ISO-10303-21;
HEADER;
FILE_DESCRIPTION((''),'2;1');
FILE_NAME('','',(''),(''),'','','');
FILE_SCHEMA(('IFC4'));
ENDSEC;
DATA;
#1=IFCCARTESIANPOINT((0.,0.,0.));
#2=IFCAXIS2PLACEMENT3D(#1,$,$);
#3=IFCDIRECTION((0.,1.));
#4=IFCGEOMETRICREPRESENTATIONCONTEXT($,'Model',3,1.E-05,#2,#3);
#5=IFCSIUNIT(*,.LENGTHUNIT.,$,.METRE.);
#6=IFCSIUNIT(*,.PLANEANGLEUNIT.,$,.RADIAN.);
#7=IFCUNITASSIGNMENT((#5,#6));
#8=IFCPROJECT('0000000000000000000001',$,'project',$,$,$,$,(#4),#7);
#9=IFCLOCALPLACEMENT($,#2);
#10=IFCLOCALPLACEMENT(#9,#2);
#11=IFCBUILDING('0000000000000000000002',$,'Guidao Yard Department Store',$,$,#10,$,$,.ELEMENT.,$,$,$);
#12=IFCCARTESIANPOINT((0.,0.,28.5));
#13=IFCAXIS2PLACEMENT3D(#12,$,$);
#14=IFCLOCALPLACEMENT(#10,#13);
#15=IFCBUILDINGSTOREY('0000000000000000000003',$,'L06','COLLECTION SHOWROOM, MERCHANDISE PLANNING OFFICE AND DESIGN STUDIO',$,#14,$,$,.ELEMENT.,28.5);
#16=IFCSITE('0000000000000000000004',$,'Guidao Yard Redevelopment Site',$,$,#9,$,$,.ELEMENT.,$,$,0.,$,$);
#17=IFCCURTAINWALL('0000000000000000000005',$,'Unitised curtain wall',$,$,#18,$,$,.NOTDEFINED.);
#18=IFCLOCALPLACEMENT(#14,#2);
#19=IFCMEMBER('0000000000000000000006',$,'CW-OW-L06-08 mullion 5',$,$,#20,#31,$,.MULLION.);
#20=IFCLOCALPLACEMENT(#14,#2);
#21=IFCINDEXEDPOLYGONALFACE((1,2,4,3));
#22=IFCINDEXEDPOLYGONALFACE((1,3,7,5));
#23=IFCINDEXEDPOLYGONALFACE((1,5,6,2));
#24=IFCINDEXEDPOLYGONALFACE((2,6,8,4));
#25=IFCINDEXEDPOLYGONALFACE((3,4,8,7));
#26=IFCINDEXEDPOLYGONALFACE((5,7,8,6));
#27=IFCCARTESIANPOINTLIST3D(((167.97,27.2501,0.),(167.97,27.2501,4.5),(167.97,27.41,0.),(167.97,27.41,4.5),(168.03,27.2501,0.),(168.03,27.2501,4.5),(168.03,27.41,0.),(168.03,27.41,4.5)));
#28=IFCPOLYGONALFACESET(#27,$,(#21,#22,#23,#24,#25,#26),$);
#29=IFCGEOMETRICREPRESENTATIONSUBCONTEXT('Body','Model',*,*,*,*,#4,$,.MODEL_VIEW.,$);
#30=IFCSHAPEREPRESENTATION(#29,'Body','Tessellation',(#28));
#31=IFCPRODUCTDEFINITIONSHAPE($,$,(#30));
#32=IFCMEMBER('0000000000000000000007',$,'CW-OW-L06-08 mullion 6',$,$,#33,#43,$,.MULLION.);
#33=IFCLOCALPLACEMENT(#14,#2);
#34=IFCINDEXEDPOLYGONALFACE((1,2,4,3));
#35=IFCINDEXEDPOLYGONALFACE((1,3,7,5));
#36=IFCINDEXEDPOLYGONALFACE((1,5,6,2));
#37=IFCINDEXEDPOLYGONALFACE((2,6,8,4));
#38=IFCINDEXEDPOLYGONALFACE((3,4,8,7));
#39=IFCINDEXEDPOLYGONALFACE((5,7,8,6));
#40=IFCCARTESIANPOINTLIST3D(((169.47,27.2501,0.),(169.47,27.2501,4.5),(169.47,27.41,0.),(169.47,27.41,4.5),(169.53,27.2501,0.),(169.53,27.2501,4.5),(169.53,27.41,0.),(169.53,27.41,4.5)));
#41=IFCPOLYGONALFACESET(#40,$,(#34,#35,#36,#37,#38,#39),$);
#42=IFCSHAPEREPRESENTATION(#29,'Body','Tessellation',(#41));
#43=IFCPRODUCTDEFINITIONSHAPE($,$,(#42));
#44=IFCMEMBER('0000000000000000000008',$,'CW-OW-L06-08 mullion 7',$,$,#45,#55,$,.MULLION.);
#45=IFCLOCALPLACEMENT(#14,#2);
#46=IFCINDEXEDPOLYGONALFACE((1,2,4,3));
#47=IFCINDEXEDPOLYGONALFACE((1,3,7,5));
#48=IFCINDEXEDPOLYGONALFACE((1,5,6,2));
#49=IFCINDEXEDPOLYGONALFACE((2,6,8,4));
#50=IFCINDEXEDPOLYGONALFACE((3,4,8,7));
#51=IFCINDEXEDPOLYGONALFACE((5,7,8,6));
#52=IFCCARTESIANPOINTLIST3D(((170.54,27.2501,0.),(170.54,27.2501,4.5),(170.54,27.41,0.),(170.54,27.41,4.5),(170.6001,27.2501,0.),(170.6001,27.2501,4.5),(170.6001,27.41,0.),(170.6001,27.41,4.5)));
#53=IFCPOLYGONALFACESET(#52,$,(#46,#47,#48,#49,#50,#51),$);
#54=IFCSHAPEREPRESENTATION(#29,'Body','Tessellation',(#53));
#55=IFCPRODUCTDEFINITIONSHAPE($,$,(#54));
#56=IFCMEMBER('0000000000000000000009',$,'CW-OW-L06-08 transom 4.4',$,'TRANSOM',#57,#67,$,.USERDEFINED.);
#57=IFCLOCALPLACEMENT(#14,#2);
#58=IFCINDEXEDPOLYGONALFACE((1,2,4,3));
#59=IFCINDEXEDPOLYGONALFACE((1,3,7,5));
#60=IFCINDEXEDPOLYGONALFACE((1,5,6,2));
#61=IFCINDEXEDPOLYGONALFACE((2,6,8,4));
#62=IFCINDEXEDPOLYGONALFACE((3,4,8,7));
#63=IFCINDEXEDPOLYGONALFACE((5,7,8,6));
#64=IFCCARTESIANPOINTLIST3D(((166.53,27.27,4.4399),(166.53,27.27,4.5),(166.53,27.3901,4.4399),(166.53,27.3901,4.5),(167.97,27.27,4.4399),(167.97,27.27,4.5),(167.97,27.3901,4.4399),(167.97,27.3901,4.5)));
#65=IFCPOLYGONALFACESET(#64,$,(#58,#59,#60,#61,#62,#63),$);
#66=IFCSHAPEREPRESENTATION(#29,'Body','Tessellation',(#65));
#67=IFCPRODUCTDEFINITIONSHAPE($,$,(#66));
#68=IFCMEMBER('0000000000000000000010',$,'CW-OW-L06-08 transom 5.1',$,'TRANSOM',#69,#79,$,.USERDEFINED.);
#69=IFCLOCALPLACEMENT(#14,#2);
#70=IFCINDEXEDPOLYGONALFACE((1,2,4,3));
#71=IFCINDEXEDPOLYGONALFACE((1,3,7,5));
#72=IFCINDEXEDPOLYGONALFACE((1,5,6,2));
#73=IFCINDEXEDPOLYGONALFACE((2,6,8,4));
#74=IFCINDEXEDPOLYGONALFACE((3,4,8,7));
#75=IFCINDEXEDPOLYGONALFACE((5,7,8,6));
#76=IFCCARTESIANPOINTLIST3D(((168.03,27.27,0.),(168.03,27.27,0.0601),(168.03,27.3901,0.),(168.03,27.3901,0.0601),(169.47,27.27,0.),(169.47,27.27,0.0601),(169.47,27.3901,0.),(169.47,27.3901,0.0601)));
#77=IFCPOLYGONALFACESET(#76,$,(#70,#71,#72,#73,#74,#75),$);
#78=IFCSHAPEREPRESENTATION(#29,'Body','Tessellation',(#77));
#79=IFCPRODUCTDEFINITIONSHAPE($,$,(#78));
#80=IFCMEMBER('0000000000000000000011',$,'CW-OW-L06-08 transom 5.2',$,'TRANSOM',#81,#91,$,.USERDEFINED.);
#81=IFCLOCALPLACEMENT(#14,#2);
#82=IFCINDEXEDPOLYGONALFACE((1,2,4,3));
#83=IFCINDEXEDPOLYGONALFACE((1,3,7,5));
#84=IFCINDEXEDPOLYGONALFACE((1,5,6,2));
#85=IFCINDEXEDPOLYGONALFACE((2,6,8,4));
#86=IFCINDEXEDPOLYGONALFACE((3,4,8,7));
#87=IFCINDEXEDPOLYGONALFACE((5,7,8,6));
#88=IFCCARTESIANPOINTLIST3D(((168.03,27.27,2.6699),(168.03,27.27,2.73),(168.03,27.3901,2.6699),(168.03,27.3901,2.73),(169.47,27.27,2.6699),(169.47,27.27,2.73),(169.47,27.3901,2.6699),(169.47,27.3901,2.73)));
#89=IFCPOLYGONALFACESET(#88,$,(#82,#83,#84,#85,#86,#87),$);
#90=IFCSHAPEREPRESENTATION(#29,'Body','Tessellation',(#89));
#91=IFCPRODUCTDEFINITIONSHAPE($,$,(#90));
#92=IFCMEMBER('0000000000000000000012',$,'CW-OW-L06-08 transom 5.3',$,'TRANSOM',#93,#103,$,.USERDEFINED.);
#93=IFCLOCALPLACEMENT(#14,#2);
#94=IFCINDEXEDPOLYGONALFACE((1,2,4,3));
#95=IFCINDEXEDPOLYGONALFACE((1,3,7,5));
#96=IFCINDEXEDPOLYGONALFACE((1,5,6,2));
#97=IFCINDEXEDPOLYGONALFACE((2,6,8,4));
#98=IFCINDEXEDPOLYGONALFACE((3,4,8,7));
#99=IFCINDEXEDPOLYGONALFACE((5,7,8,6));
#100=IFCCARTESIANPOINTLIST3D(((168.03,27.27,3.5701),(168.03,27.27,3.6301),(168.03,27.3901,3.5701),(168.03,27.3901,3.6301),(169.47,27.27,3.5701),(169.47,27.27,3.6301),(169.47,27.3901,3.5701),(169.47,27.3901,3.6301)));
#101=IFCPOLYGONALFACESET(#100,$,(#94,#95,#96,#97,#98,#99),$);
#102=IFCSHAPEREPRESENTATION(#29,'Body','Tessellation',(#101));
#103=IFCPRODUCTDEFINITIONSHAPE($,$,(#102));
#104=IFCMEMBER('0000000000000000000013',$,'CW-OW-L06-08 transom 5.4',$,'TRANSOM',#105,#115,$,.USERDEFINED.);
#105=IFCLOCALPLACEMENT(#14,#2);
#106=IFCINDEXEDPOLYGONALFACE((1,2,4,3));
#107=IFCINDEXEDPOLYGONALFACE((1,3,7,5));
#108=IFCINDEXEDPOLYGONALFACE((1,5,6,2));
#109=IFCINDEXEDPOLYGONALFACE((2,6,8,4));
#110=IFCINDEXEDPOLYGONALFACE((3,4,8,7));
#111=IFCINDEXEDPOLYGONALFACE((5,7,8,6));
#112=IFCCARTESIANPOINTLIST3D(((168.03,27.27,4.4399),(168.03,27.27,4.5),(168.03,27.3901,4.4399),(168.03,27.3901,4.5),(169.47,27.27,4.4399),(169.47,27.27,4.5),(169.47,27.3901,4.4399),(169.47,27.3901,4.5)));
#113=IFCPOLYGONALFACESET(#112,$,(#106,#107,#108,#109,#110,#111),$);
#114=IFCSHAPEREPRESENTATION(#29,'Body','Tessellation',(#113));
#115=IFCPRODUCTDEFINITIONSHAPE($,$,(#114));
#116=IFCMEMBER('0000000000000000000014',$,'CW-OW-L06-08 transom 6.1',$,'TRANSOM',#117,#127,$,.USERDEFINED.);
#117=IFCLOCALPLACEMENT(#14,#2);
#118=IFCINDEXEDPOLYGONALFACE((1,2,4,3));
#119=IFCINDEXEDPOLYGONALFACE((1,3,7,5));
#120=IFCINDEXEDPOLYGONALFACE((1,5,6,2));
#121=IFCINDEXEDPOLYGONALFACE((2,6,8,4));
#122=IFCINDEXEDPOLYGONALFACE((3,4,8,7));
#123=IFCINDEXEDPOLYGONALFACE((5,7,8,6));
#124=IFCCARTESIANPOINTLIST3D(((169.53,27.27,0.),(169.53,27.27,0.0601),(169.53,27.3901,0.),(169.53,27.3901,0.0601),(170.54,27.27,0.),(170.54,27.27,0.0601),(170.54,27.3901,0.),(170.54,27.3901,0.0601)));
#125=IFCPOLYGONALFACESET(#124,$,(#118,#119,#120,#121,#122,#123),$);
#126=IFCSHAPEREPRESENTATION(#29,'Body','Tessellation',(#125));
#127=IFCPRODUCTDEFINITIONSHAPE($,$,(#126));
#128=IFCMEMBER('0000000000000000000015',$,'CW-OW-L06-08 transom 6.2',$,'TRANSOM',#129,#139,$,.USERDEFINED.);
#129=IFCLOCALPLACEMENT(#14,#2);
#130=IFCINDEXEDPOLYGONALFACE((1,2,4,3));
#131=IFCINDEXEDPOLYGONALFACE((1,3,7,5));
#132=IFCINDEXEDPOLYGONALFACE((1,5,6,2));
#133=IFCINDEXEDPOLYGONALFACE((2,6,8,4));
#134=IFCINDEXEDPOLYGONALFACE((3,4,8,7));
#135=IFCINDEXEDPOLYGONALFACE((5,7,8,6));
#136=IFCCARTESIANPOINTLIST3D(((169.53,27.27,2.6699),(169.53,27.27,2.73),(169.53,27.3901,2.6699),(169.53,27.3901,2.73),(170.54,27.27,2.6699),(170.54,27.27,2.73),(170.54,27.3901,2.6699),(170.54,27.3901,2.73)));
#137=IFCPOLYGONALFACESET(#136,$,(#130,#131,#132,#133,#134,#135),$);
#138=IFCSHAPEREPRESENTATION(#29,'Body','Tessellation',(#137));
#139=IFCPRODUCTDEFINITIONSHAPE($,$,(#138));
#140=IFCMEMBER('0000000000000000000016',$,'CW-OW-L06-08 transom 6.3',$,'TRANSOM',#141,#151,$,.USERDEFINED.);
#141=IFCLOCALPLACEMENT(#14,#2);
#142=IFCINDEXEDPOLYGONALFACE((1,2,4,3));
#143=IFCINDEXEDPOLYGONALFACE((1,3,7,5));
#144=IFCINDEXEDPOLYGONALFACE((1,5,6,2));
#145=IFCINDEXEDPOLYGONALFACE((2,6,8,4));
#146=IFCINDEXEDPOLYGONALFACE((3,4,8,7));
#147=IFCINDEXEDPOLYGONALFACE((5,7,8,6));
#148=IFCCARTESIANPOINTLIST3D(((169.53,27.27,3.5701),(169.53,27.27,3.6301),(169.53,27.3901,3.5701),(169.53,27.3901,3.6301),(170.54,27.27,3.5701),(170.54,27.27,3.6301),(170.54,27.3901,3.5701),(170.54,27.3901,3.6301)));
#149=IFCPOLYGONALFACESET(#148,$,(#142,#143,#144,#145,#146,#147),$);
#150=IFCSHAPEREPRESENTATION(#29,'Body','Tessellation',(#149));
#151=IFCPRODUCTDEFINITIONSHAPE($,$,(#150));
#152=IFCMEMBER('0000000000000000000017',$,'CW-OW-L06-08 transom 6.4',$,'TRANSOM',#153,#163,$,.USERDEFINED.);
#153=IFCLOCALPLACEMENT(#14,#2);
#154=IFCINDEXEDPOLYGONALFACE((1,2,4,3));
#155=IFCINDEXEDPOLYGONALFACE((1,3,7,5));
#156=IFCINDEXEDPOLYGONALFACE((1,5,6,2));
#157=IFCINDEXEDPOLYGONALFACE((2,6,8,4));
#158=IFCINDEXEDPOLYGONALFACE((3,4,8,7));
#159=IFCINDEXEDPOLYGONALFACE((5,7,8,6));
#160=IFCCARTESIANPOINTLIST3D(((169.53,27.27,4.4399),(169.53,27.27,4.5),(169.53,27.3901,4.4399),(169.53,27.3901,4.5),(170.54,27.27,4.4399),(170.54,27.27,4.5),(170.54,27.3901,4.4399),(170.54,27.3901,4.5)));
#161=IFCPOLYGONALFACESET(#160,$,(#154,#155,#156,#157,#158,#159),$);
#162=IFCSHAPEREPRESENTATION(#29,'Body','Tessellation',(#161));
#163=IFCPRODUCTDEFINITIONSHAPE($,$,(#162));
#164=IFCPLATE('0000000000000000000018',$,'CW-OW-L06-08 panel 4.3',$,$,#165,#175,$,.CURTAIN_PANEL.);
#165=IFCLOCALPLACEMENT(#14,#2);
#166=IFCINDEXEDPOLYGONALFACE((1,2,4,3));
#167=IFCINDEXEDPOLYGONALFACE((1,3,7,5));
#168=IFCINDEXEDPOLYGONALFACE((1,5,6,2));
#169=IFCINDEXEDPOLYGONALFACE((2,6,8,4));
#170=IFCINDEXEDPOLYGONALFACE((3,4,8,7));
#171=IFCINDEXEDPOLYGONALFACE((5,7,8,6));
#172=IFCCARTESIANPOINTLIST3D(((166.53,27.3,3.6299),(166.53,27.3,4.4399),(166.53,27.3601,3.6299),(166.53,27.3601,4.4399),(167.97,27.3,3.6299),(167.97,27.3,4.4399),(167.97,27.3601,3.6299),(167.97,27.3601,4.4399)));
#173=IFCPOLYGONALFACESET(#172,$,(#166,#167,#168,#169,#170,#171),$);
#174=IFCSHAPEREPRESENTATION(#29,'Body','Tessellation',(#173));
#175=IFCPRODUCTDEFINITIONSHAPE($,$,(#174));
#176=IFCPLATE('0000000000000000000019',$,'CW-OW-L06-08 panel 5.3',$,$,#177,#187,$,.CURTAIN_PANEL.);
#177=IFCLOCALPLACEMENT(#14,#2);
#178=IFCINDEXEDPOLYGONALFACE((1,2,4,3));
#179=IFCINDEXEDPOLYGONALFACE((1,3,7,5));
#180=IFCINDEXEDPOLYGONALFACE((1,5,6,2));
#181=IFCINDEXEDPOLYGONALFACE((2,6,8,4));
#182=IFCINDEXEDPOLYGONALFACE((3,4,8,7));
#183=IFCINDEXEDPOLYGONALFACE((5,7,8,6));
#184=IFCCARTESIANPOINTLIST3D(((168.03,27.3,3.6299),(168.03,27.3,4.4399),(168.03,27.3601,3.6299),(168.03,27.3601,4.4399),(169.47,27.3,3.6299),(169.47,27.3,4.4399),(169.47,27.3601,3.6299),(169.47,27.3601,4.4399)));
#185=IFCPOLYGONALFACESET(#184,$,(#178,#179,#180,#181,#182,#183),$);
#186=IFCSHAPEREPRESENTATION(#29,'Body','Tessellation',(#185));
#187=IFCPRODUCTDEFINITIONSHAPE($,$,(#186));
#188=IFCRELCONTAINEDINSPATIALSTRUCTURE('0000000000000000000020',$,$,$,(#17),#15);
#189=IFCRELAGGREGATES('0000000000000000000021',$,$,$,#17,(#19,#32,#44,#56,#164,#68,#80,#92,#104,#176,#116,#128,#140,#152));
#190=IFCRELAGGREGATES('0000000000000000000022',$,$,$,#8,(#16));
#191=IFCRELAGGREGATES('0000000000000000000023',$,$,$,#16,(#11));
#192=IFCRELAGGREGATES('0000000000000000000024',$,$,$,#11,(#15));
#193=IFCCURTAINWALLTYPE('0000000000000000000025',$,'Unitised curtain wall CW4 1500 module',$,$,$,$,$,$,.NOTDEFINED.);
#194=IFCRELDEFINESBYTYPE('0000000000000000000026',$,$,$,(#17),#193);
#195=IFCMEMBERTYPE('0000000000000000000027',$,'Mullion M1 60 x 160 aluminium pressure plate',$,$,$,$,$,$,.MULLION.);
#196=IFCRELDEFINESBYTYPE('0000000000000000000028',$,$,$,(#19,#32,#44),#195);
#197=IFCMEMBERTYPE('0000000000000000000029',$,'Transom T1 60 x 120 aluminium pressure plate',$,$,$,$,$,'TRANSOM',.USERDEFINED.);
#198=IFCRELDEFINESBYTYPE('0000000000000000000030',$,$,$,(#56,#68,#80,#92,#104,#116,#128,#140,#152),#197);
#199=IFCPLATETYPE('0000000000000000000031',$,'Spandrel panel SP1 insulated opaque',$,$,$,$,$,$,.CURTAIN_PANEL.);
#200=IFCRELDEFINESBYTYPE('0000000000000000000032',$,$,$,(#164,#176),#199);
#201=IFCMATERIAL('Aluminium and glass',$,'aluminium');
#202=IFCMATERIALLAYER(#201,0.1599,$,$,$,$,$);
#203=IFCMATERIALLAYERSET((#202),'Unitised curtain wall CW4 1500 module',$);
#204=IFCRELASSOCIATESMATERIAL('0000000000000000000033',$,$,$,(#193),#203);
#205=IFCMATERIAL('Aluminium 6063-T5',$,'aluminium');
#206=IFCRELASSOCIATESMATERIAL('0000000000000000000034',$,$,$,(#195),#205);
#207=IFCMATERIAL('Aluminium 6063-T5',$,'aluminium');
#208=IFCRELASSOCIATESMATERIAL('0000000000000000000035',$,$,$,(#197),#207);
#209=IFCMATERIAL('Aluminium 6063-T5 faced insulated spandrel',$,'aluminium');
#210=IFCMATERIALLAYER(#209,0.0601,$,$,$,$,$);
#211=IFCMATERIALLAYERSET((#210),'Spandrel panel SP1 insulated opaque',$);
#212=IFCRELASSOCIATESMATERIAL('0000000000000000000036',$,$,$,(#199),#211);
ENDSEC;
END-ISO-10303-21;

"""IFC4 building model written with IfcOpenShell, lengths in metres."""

from ifc_helpers import new_model, si_unit, direction, frame, origin, origin_2d, place, context, subcontext, project, spatial, rectangle, extrude, material, layer, layer_set, material_profile, profile_set, type_object, element, aggregate, save


model = new_model("IFC4")

# Units and contexts
model_context = context("Model", 3, precision=1e-05, world=origin(), true_north=direction((0.0, 1.0)))
body_context = subcontext(model_context, "Body", "Model", "MODEL_VIEW")
ifc_project = project(units=[si_unit("LENGTHUNIT", "METRE"), si_unit("PLANEANGLEUNIT", "RADIAN")], contexts=[model_context])

# Site, building, storey
site_placement = place(None, origin())
site = spatial("IfcSite", under=ifc_project, at=site_placement, Name="Guidao Yard Redevelopment Site", CompositionType="ELEMENT", RefElevation=0.0)
building_placement = place(site_placement, origin())
building = spatial("IfcBuilding", under=site, at=building_placement, Name="Guidao Yard Department Store", CompositionType="ELEMENT")
storey_placement = place(building_placement, frame((0.0, 0.0, 28.5)))
storey = spatial("IfcBuildingStorey", under=building, at=storey_placement, Name="L06", Description="COLLECTION SHOWROOM, MERCHANDISE PLANNING OFFICE AND DESIGN STUDIO", CompositionType="ELEMENT", Elevation=28.5)

# Curtain wall, members, plates
ifc_material_1 = material(Name="Aluminium and glass", Category="aluminium")
ifc_layer_1 = layer(ifc_material_1, 0.1599)
ifc_layer_set_1 = layer_set([ifc_layer_1], Name="Unitised curtain wall CW4 1500 module")
curtain_wall_type = type_object("IfcCurtainWallType", Name="Unitised curtain wall CW4 1500 module", PredefinedType="NOTDEFINED", material=ifc_layer_set_1)
curtain_wall_placement = place(storey_placement, origin())
curtain_wall = element("IfcCurtainWall", 1, at=curtain_wall_placement, inside=storey, type_object=curtain_wall_type, Name="Unitised curtain wall", PredefinedType="NOTDEFINED")
ifc_material_2 = material(Name="Aluminium 6063-T5", Category="aluminium")
ifc_material_profile_1 = material_profile(ifc_material_2, rectangle(XDim=0.0601, YDim=0.1599, at=origin_2d()), Name="Mullion M1 60 x 160 aluminium pressure plate")
ifc_profile_set_1 = profile_set([ifc_material_profile_1], Name="Aluminium 6063-T5")
member_type_1 = type_object("IfcMemberType", Name="Mullion M1 60 x 160 aluminium pressure plate", PredefinedType="MULLION", material=ifc_profile_set_1)
member_1_placement = place(storey_placement, frame((168.0, 27.3301, 0.0), z_axis=(0.0, 0.0, 1.0), x_axis=(1.0, 0.0, 0.0)))
member_1 = element("IfcMember", 2, at=member_1_placement, type_object=member_type_1, Name="CW-OW-L06-08 mullion 5", PredefinedType="MULLION", context=body_context, shape_type="SweptSolid", body=[
    extrude(rectangle(XDim=0.0601, YDim=0.1599, at=origin_2d()), origin(), (0.0, 0.0, 1.0), 4.5),
])
member_2_placement = place(storey_placement, frame((169.5, 27.3301, 0.0), z_axis=(0.0, 0.0, 1.0), x_axis=(1.0, 0.0, 0.0)))
member_2 = element("IfcMember", 3, at=member_2_placement, type_object=member_type_1, Name="CW-OW-L06-08 mullion 6", PredefinedType="MULLION", context=body_context, shape_type="SweptSolid", body=[
    extrude(rectangle(XDim=0.0601, YDim=0.1599, at=origin_2d()), origin(), (0.0, 0.0, 1.0), 4.5),
])
member_3_placement = place(storey_placement, frame((170.5701, 27.3301, 0.0), z_axis=(0.0, 0.0, 1.0), x_axis=(1.0, 0.0, 0.0)))
member_3 = element("IfcMember", 4, at=member_3_placement, type_object=member_type_1, Name="CW-OW-L06-08 mullion 7", PredefinedType="MULLION", context=body_context, shape_type="SweptSolid", body=[
    extrude(rectangle(XDim=0.0601, YDim=0.1599, at=origin_2d()), origin(), (0.0, 0.0, 1.0), 4.5),
])
ifc_material_3 = material(Name="Aluminium 6063-T5", Category="aluminium")
ifc_material_profile_2 = material_profile(ifc_material_3, rectangle(XDim=0.1201, YDim=0.0601, at=origin_2d()), Name="Transom T1 60 x 120 aluminium pressure plate")
ifc_profile_set_2 = profile_set([ifc_material_profile_2], Name="Aluminium 6063-T5")
member_type_2 = type_object("IfcMemberType", Name="Transom T1 60 x 120 aluminium pressure plate", ElementType="TRANSOM", PredefinedType="USERDEFINED", material=ifc_profile_set_2)
member_4_placement = place(storey_placement, frame((166.53, 27.3301, 4.47), z_axis=(1.0, 0.0, 0.0), x_axis=(0.0, 1.0, 0.0)))
member_4 = element("IfcMember", 5, at=member_4_placement, type_object=member_type_2, Name="CW-OW-L06-08 transom 4.4", ObjectType="TRANSOM", PredefinedType="USERDEFINED", context=body_context, shape_type="SweptSolid", body=[
    extrude(rectangle(XDim=0.1201, YDim=0.0601, at=origin_2d()), origin(), (0.0, 0.0, 1.0), 1.4399),
])
member_5_placement = place(storey_placement, frame((168.03, 27.3301, 0.03), z_axis=(1.0, 0.0, 0.0), x_axis=(0.0, 1.0, 0.0)))
member_5 = element("IfcMember", 6, at=member_5_placement, type_object=member_type_2, Name="CW-OW-L06-08 transom 5.1", ObjectType="TRANSOM", PredefinedType="USERDEFINED", context=body_context, shape_type="SweptSolid", body=[
    extrude(rectangle(XDim=0.1201, YDim=0.0601, at=origin_2d()), origin(), (0.0, 0.0, 1.0), 1.4399),
])
member_6_placement = place(storey_placement, frame((168.03, 27.3301, 2.7), z_axis=(1.0, 0.0, 0.0), x_axis=(0.0, 1.0, 0.0)))
member_6 = element("IfcMember", 7, at=member_6_placement, type_object=member_type_2, Name="CW-OW-L06-08 transom 5.2", ObjectType="TRANSOM", PredefinedType="USERDEFINED", context=body_context, shape_type="SweptSolid", body=[
    extrude(rectangle(XDim=0.1201, YDim=0.0601, at=origin_2d()), origin(), (0.0, 0.0, 1.0), 1.4399),
])
member_7_placement = place(storey_placement, frame((168.03, 27.3301, 3.6001), z_axis=(1.0, 0.0, 0.0), x_axis=(0.0, 1.0, 0.0)))
member_7 = element("IfcMember", 8, at=member_7_placement, type_object=member_type_2, Name="CW-OW-L06-08 transom 5.3", ObjectType="TRANSOM", PredefinedType="USERDEFINED", context=body_context, shape_type="SweptSolid", body=[
    extrude(rectangle(XDim=0.1201, YDim=0.0601, at=origin_2d()), origin(), (0.0, 0.0, 1.0), 1.4399),
])
member_8_placement = place(storey_placement, frame((168.03, 27.3301, 4.47), z_axis=(1.0, 0.0, 0.0), x_axis=(0.0, 1.0, 0.0)))
member_8 = element("IfcMember", 9, at=member_8_placement, type_object=member_type_2, Name="CW-OW-L06-08 transom 5.4", ObjectType="TRANSOM", PredefinedType="USERDEFINED", context=body_context, shape_type="SweptSolid", body=[
    extrude(rectangle(XDim=0.1201, YDim=0.0601, at=origin_2d()), origin(), (0.0, 0.0, 1.0), 1.4399),
])
member_9_placement = place(storey_placement, frame((169.53, 27.3301, 0.03), z_axis=(1.0, 0.0, 0.0), x_axis=(0.0, 1.0, 0.0)))
member_9 = element("IfcMember", 10, at=member_9_placement, type_object=member_type_2, Name="CW-OW-L06-08 transom 6.1", ObjectType="TRANSOM", PredefinedType="USERDEFINED", context=body_context, shape_type="SweptSolid", body=[
    extrude(rectangle(XDim=0.1201, YDim=0.0601, at=origin_2d()), origin(), (0.0, 0.0, 1.0), 1.01),
])
member_10_placement = place(storey_placement, frame((169.53, 27.3301, 2.7), z_axis=(1.0, 0.0, 0.0), x_axis=(0.0, 1.0, 0.0)))
member_10 = element("IfcMember", 11, at=member_10_placement, type_object=member_type_2, Name="CW-OW-L06-08 transom 6.2", ObjectType="TRANSOM", PredefinedType="USERDEFINED", context=body_context, shape_type="SweptSolid", body=[
    extrude(rectangle(XDim=0.1201, YDim=0.0601, at=origin_2d()), origin(), (0.0, 0.0, 1.0), 1.01),
])
member_11_placement = place(storey_placement, frame((169.53, 27.3301, 3.6001), z_axis=(1.0, 0.0, 0.0), x_axis=(0.0, 1.0, 0.0)))
member_11 = element("IfcMember", 12, at=member_11_placement, type_object=member_type_2, Name="CW-OW-L06-08 transom 6.3", ObjectType="TRANSOM", PredefinedType="USERDEFINED", context=body_context, shape_type="SweptSolid", body=[
    extrude(rectangle(XDim=0.1201, YDim=0.0601, at=origin_2d()), origin(), (0.0, 0.0, 1.0), 1.01),
])
member_12_placement = place(storey_placement, frame((169.53, 27.3301, 4.47), z_axis=(1.0, 0.0, 0.0), x_axis=(0.0, 1.0, 0.0)))
member_12 = element("IfcMember", 13, at=member_12_placement, type_object=member_type_2, Name="CW-OW-L06-08 transom 6.4", ObjectType="TRANSOM", PredefinedType="USERDEFINED", context=body_context, shape_type="SweptSolid", body=[
    extrude(rectangle(XDim=0.1201, YDim=0.0601, at=origin_2d()), origin(), (0.0, 0.0, 1.0), 1.01),
])
ifc_material_4 = material(Name="Aluminium 6063-T5 faced insulated spandrel", Category="aluminium")
ifc_layer_2 = layer(ifc_material_4, 0.0601)
ifc_layer_set_2 = layer_set([ifc_layer_2], Name="Spandrel panel SP1 insulated opaque")
plate_type_1 = type_object("IfcPlateType", Name="Spandrel panel SP1 insulated opaque", PredefinedType="CURTAIN_PANEL", material=ifc_layer_set_2)
plate_1_placement = place(storey_placement, frame((167.25, 27.3301, 3.6299), z_axis=(0.0, 0.0, 1.0), x_axis=(1.0, 0.0, 0.0)))
plate_1 = element("IfcPlate", 14, at=plate_1_placement, type_object=plate_type_1, Name="CW-OW-L06-08 panel 4.3", PredefinedType="CURTAIN_PANEL", context=body_context, shape_type="SweptSolid", body=[
    extrude(rectangle(XDim=1.4399, YDim=0.0601, at=origin_2d()), origin(), (0.0, 0.0, 1.0), 0.8101),
])
plate_2_placement = place(storey_placement, frame((168.75, 27.3301, 3.6299), z_axis=(0.0, 0.0, 1.0), x_axis=(1.0, 0.0, 0.0)))
plate_2 = element("IfcPlate", 15, at=plate_2_placement, type_object=plate_type_1, Name="CW-OW-L06-08 panel 5.3", PredefinedType="CURTAIN_PANEL", context=body_context, shape_type="SweptSolid", body=[
    extrude(rectangle(XDim=1.4399, YDim=0.0601, at=origin_2d()), origin(), (0.0, 0.0, 1.0), 0.8101),
])
aggregate(curtain_wall, [member_1, member_2, member_3, member_4, plate_1, member_5, member_6, member_7, member_8, plate_2, member_9, member_10, member_11, member_12])

save(model, "model.ifc")
